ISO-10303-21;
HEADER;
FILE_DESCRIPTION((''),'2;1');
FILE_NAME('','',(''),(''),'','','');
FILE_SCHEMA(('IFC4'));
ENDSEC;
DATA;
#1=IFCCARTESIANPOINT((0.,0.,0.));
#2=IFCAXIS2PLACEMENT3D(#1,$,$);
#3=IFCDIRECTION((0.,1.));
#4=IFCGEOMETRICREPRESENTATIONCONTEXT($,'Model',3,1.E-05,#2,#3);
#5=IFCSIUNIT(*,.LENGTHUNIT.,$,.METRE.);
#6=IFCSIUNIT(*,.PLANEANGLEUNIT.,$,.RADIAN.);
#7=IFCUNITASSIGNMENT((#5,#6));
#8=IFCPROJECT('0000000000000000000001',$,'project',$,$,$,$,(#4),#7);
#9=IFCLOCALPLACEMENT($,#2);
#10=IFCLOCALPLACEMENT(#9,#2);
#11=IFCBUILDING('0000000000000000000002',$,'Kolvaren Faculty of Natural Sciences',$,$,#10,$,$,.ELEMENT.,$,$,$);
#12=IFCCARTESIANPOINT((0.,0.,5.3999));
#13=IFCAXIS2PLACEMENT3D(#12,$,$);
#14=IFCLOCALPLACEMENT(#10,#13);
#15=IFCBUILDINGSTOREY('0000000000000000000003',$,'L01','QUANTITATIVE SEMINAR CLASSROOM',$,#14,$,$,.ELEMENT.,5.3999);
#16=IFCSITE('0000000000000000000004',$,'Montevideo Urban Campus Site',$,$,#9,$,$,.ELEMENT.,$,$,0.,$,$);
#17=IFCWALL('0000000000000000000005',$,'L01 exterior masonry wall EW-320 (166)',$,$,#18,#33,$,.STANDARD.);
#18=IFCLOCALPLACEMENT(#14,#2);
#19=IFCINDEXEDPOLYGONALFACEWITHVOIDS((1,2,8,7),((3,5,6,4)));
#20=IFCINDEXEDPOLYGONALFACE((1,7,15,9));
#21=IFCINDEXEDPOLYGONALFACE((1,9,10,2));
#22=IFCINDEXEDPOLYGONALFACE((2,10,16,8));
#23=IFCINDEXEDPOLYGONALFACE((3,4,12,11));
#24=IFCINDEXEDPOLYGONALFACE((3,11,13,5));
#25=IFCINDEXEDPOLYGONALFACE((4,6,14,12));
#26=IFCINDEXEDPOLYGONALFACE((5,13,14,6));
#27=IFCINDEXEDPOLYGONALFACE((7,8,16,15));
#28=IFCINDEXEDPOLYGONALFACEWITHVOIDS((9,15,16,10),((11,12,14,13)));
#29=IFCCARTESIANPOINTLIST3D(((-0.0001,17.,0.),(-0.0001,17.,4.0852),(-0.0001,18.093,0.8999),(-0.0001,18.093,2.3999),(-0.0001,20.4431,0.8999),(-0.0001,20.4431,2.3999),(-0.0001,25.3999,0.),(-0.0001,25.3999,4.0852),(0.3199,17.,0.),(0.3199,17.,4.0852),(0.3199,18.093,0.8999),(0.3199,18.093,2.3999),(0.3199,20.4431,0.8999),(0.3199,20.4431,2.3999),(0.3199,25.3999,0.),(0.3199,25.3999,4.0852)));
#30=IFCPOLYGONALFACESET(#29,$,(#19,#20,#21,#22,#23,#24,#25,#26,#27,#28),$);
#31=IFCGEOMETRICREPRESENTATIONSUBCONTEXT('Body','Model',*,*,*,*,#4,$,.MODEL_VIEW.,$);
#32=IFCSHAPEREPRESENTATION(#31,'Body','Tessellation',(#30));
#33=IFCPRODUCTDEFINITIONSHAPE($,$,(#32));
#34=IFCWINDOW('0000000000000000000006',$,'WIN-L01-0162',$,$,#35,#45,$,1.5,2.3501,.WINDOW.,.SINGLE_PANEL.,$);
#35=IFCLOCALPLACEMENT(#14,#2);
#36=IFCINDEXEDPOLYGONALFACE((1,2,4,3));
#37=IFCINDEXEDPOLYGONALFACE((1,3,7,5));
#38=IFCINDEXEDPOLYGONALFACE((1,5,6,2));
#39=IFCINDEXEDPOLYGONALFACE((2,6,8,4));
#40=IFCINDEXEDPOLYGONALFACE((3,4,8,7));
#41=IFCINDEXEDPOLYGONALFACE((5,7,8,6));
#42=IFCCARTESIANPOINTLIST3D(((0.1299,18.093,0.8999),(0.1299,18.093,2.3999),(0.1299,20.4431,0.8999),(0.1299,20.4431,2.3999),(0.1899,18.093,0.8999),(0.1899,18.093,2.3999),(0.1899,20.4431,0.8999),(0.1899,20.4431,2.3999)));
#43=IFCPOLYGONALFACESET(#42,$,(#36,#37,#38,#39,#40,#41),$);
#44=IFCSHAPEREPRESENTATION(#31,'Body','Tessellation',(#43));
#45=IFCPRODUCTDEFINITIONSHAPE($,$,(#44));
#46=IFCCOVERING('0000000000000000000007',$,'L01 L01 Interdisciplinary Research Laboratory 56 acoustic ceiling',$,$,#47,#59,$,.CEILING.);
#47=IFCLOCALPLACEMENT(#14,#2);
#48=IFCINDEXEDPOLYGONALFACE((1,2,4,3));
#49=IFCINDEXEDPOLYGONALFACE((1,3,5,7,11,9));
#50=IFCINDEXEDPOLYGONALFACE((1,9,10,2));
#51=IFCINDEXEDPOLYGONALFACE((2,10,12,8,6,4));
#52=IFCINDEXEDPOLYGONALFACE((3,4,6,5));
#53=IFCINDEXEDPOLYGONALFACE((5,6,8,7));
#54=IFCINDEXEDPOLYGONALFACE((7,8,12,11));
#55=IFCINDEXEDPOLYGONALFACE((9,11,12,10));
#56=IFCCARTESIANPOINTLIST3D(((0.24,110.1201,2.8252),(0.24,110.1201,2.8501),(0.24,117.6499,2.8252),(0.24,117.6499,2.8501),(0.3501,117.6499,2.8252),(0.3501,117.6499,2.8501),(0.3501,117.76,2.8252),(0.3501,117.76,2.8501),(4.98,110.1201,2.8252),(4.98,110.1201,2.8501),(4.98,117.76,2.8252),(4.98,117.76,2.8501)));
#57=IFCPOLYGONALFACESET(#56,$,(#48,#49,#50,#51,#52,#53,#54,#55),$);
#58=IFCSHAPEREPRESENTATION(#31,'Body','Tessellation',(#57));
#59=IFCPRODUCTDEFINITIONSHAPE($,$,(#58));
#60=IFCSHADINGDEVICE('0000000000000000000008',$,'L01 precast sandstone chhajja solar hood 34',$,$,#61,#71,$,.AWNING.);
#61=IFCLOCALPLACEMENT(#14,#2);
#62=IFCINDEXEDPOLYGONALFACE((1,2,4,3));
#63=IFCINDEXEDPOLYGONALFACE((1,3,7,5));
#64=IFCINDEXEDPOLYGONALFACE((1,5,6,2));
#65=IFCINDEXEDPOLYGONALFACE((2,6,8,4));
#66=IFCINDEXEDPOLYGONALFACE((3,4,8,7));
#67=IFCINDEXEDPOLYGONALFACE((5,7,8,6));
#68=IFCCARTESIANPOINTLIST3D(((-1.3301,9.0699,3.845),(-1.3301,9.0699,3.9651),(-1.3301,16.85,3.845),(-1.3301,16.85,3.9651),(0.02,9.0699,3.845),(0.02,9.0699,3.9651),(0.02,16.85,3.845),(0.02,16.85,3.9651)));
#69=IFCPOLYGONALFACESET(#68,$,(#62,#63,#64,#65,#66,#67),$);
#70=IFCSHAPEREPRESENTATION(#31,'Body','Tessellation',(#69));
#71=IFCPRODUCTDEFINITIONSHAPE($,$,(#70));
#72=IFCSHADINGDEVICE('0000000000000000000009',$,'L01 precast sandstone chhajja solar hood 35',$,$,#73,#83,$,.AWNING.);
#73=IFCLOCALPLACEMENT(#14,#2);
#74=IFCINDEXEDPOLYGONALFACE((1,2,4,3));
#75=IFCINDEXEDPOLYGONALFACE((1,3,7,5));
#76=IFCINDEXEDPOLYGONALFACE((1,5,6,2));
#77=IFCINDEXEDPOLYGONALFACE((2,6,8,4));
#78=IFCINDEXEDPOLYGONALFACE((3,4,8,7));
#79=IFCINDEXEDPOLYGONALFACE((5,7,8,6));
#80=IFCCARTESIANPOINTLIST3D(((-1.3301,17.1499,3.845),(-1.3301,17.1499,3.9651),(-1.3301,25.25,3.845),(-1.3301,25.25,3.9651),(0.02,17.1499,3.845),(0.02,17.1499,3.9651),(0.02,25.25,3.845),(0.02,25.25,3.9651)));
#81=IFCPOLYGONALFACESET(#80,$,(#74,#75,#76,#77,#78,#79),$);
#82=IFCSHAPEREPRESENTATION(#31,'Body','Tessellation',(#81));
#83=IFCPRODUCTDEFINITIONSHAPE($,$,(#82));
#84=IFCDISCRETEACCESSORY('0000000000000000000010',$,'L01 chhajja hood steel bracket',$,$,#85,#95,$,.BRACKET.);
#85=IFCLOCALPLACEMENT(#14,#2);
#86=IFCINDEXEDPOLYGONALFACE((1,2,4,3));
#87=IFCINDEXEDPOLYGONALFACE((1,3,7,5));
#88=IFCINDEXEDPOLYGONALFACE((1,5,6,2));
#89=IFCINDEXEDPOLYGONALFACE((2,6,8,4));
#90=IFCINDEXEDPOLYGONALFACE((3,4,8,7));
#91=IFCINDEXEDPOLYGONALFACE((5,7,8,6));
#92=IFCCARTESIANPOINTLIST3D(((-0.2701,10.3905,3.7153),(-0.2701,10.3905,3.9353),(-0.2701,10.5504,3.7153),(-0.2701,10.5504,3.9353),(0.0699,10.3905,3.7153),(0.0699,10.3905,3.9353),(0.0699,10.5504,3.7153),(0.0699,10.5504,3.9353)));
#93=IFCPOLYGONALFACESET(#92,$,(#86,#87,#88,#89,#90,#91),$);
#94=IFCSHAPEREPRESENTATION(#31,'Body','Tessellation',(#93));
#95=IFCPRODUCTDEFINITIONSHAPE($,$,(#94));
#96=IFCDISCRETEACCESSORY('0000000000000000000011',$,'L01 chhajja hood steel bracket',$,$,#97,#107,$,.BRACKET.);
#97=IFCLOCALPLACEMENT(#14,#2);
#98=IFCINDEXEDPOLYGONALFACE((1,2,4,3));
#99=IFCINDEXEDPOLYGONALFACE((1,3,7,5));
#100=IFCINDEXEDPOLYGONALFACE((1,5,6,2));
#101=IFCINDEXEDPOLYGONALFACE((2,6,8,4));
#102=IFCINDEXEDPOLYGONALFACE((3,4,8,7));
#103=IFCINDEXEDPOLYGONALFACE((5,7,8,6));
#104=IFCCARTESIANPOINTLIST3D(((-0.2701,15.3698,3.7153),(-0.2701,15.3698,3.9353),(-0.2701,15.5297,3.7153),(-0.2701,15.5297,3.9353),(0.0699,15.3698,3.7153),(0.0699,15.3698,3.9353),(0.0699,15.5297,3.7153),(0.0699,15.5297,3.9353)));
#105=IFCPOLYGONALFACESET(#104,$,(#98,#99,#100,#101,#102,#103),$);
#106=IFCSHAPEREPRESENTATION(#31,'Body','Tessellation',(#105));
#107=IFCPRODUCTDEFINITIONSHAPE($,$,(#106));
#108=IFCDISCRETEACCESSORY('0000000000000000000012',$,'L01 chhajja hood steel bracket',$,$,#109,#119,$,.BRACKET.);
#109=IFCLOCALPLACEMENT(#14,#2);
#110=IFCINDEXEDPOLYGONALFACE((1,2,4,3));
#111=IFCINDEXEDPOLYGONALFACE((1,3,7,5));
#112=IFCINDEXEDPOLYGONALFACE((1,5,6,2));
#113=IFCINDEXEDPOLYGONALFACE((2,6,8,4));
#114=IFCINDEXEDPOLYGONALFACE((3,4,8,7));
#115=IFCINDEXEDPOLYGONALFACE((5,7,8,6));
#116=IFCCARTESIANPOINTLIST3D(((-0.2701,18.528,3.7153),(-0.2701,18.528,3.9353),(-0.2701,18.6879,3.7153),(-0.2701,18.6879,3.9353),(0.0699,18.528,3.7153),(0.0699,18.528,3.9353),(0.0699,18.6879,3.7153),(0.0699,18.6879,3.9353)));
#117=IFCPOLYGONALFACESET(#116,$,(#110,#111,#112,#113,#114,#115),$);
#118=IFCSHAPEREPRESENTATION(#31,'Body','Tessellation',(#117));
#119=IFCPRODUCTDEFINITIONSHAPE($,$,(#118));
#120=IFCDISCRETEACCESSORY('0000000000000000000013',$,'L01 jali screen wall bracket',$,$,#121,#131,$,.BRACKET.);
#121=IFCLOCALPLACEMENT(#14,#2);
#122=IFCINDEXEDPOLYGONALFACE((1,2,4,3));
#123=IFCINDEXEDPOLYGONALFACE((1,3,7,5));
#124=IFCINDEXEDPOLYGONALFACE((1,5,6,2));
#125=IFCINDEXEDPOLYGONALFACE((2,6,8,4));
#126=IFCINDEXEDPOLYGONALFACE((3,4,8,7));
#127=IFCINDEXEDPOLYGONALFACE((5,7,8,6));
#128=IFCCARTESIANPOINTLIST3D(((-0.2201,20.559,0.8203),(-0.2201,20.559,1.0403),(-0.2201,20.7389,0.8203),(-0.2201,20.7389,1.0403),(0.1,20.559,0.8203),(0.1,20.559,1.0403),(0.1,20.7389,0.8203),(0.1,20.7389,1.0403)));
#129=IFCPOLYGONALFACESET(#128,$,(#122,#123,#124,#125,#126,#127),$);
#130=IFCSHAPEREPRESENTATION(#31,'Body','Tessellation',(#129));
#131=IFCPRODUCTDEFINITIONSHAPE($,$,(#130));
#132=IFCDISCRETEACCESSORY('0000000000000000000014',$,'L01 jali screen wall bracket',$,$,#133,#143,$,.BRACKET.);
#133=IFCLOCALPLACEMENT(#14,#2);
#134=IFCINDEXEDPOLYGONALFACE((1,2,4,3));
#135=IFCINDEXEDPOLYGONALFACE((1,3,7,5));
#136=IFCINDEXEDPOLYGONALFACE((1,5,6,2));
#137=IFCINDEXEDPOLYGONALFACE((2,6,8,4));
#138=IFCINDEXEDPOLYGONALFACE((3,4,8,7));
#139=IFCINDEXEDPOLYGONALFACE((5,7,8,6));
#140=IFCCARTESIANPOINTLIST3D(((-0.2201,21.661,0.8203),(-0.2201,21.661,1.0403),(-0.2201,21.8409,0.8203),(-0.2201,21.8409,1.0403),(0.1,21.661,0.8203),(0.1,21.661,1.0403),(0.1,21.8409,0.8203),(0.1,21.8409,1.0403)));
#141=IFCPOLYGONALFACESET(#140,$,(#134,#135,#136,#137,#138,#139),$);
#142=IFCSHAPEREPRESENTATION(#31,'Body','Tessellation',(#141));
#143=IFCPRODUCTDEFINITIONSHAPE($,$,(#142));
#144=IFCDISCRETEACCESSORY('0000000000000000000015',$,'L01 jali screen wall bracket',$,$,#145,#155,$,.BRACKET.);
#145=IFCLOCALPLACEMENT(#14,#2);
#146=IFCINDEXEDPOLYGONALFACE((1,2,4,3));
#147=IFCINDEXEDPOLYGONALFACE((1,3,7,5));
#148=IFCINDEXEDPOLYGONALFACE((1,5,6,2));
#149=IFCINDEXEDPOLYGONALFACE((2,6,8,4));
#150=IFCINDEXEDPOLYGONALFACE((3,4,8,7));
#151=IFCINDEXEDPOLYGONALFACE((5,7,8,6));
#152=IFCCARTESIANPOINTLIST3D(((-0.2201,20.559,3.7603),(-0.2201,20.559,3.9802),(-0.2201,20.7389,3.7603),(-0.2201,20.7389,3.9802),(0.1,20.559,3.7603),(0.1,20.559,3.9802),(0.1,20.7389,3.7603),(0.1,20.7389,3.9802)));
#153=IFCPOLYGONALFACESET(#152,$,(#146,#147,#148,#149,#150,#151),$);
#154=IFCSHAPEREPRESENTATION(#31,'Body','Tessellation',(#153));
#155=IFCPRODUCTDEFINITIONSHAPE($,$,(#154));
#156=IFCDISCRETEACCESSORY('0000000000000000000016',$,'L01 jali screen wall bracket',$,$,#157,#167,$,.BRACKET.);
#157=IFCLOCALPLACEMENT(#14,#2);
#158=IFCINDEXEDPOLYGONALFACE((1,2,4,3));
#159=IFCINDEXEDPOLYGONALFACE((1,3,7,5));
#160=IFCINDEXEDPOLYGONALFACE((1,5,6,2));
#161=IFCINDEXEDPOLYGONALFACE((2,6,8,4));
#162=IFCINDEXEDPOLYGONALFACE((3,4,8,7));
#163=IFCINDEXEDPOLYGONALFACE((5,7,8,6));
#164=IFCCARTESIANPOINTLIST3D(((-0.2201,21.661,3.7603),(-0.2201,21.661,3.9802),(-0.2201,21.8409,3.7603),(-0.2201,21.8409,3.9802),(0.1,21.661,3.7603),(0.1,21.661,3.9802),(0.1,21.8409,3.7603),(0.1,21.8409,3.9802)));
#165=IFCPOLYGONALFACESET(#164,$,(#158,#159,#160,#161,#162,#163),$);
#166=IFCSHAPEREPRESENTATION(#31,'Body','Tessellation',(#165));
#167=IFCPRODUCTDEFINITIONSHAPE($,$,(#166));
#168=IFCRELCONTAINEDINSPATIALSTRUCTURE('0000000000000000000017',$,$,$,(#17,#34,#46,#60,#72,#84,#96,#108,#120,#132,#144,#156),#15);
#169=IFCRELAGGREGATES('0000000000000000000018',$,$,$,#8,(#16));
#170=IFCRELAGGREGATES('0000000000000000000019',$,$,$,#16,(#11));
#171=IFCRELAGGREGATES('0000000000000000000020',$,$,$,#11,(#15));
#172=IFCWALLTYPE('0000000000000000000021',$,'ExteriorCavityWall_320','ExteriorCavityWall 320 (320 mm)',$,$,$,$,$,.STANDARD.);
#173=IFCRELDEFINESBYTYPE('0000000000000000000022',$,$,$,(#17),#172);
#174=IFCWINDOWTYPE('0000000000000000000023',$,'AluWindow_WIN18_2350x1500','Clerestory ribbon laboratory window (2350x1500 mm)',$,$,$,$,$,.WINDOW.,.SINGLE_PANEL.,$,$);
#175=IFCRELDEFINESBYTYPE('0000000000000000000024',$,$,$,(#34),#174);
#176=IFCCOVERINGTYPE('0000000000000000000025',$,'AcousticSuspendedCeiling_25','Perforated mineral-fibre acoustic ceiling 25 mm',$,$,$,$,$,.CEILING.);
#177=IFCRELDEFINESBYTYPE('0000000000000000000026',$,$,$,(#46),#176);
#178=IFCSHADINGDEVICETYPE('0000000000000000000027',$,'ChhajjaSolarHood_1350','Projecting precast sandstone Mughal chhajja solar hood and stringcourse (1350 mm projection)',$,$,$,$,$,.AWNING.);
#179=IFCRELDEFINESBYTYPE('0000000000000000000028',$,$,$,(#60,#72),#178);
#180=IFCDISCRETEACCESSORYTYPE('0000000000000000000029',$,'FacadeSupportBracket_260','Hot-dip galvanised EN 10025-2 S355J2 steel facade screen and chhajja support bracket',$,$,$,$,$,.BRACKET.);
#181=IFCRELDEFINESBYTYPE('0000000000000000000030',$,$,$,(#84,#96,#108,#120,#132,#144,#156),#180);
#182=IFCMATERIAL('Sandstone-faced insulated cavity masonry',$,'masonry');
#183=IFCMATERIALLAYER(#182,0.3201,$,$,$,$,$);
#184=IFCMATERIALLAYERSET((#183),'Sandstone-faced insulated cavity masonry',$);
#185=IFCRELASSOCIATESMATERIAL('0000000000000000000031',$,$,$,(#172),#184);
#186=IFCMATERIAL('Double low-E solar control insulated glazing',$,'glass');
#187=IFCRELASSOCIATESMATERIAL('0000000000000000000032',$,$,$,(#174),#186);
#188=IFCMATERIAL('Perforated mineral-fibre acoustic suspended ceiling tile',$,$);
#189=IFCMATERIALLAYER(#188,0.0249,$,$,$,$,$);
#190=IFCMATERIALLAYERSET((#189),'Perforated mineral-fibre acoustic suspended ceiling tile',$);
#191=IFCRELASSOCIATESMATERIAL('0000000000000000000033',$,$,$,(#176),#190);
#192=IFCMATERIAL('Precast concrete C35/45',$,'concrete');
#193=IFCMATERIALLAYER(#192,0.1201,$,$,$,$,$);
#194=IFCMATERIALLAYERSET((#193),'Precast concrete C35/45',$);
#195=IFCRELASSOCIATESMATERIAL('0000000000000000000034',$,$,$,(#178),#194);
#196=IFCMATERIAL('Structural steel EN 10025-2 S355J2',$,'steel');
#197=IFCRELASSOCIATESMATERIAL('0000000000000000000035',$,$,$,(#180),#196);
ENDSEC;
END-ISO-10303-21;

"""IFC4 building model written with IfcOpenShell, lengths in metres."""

from ifc_helpers import new_model, si_unit, direction, frame, frame_2d, origin, origin_2d, place, context, subcontext, project, spatial, polyline, rectangle, outline, extrude, material, layer, layer_set, type_object, element, fill, save


model = new_model("IFC4")

# Units and contexts
model_context = context("Model", 3, precision=1e-05, world=origin(), true_north=direction((0.0, 1.0)))
body_context = subcontext(model_context, "Body", "Model", "MODEL_VIEW")
ifc_project = project(units=[si_unit("LENGTHUNIT", "METRE"), si_unit("PLANEANGLEUNIT", "RADIAN")], contexts=[model_context])

# Site, building, storey
site_placement = place(None, origin())
site = spatial("IfcSite", under=ifc_project, at=site_placement, Name="Montevideo Urban Campus Site", CompositionType="ELEMENT", RefElevation=0.0)
building_placement = place(site_placement, origin())
building = spatial("IfcBuilding", under=site, at=building_placement, Name="Kolvaren Faculty of Natural Sciences", CompositionType="ELEMENT")
storey_placement = place(building_placement, frame((0.0, 0.0, 5.3999)))
storey = spatial("IfcBuildingStorey", under=building, at=storey_placement, Name="L01", Description="QUANTITATIVE SEMINAR CLASSROOM", CompositionType="ELEMENT", Elevation=5.3999)

# Shared definitions
ifc_material_1 = material(Name="Sandstone-faced insulated cavity masonry", Category="masonry")
ifc_layer_1 = layer(ifc_material_1, 0.3201)
ifc_layer_set_1 = layer_set([ifc_layer_1], Name="Sandstone-faced insulated cavity masonry")
wall_type_1 = type_object("IfcWallType", Name="ExteriorCavityWall_320", Description="ExteriorCavityWall 320 (320 mm)", PredefinedType="STANDARD", material=ifc_layer_set_1)
ifc_material_2 = material(Name="Double low-E solar control insulated glazing", Category="glass")

# Wall, opening, window
wall_1_placement = place(storey_placement, frame((0.1599, 17.0, 0.0), z_axis=(0.0, 0.0, 1.0), x_axis=(0.0, 1.0, 0.0)))
wall_1 = element("IfcWall", 1, at=wall_1_placement, inside=storey, type_object=wall_type_1, Name="L01 exterior masonry wall EW-320 (166)", PredefinedType="STANDARD", context=body_context, shape_type="SweptSolid", body=[
    extrude(rectangle(XDim=8.3999, YDim=0.3201, at=frame_2d((4.2, 0.0))), origin(), (0.0, 0.0, 1.0), 4.0852),
])
opening_1_placement = place(wall_1_placement, frame((1.093, 0.0, 0.8999)))
opening_1 = element("IfcOpeningElement", 2, at=opening_1_placement, cuts=wall_1, PredefinedType="OPENING", context=body_context, shape_type="SweptSolid", body=[
    extrude(rectangle(XDim=2.3501, YDim=1.5, at=frame_2d((1.175, 0.75))), frame((0.0, 0.1699, 0.0), z_axis=(0.0, -1.0, 0.0), x_axis=(1.0, 0.0, 0.0)), (0.0, 0.0, 1.0), 0.3401),
])
window_type_1 = type_object("IfcWindowType", Name="AluWindow_WIN18_2350x1500", Description="Clerestory ribbon laboratory window (2350x1500 mm)", PartitioningType="SINGLE_PANEL", PredefinedType="WINDOW", material=ifc_material_2)
window_1_placement = place(opening_1_placement, origin())
window_1 = element("IfcWindow", 3, at=window_1_placement, inside=storey, type_object=window_type_1, Name="WIN-L01-0162", OverallHeight=1.5, OverallWidth=2.3501, PartitioningType="SINGLE_PANEL", PredefinedType="WINDOW", context=body_context, shape_type="SweptSolid", body=[
    extrude(rectangle(XDim=2.3501, YDim=1.5, at=frame_2d((1.175, 0.75))), frame((0.0, 0.03, 0.0), z_axis=(0.0, -1.0, 0.0), x_axis=(1.0, 0.0, 0.0)), (0.0, 0.0, 1.0), 0.0601),
])
fill(opening_1, window_1)

# Covering
ifc_material_3 = material(Name="Perforated mineral-fibre acoustic suspended ceiling tile")
ifc_layer_2 = layer(ifc_material_3, 0.0249)
ifc_layer_set_2 = layer_set([ifc_layer_2], Name="Perforated mineral-fibre acoustic suspended ceiling tile")
covering_type = type_object("IfcCoveringType", Name="AcousticSuspendedCeiling_25", Description="Perforated mineral-fibre acoustic ceiling 25 mm", PredefinedType="CEILING", material=ifc_layer_set_2)
covering_placement = place(storey_placement, frame((0.0, 0.0, 2.8252)))
element("IfcCovering", 4, at=covering_placement, inside=storey, type_object=covering_type, Name="L01 L01 Interdisciplinary Research Laboratory 56 acoustic ceiling", PredefinedType="CEILING", context=body_context, shape_type="SweptSolid", body=[
    extrude(outline(polyline([(4.98, 110.1201), (0.24, 110.1201), (0.24, 117.6499), (0.3501, 117.6499), (0.3501, 117.76), (4.98, 117.76), (4.98, 110.1201)])), origin(), (0.0, 0.0, 1.0), 0.0249),
])

# Shading devices
ifc_material_4 = material(Name="Precast concrete C35/45", Category="concrete")
ifc_layer_3 = layer(ifc_material_4, 0.1201)
ifc_layer_set_3 = layer_set([ifc_layer_3], Name="Precast concrete C35/45")
shading_device_type = type_object("IfcShadingDeviceType", Name="ChhajjaSolarHood_1350", Description="Projecting precast sandstone Mughal chhajja solar hood and stringcourse (1350 mm projection)", PredefinedType="AWNING", material=ifc_layer_set_3)
shading_device_1_placement = place(storey_placement, frame((-0.655, 12.96, 3.845), z_axis=(0.0, 0.0, 1.0), x_axis=(0.0, 1.0, 0.0)))
element("IfcShadingDevice", 5, at=shading_device_1_placement, inside=storey, type_object=shading_device_type, Name="L01 precast sandstone chhajja solar hood 34", PredefinedType="AWNING", context=body_context, shape_type="SweptSolid", body=[
    extrude(rectangle(XDim=7.78, YDim=1.3501, at=origin_2d()), origin(), (0.0, 0.0, 1.0), 0.1201),
])
shading_device_2_placement = place(storey_placement, frame((-0.655, 21.2, 3.845), z_axis=(0.0, 0.0, 1.0), x_axis=(0.0, 1.0, 0.0)))
element("IfcShadingDevice", 6, at=shading_device_2_placement, inside=storey, type_object=shading_device_type, Name="L01 precast sandstone chhajja solar hood 35", PredefinedType="AWNING", context=body_context, shape_type="SweptSolid", body=[
    extrude(rectangle(XDim=8.1001, YDim=1.3501, at=origin_2d()), origin(), (0.0, 0.0, 1.0), 0.1201),
])

# Discrete accessories
ifc_material_5 = material(Name="Structural steel EN 10025-2 S355J2", Category="steel")
discrete_accessory_type = type_object("IfcDiscreteAccessoryType", Name="FacadeSupportBracket_260", Description="Hot-dip galvanised EN 10025-2 S355J2 steel facade screen and chhajja support bracket", PredefinedType="BRACKET", material=ifc_material_5)
for number, where, z_axis, x_axis, name in (
    (7, (-0.1001, 10.4705, 3.7153), (0.0, 0.0, 1.0), (0.0, 1.0, 0.0), "L01 chhajja hood steel bracket"),
    (8, (-0.1001, 15.4497, 3.7153), (0.0, 0.0, 1.0), (0.0, 1.0, 0.0), "L01 chhajja hood steel bracket"),
    (9, (-0.1001, 18.6079, 3.7153), (0.0, 0.0, 1.0), (0.0, 1.0, 0.0), "L01 chhajja hood steel bracket"),
):
    element("IfcDiscreteAccessory", number, at=place(storey_placement, frame(where, z_axis=z_axis, x_axis=x_axis)), inside=storey, type_object=discrete_accessory_type, Name=name, PredefinedType="BRACKET", context=body_context, shape_type="SweptSolid", body=[
        extrude(rectangle(XDim=0.1599, YDim=0.3401, at=origin_2d()), origin(), (0.0, 0.0, 1.0), 0.22),
    ])
for number, where, z_axis, x_axis, name in (
    (10, (-0.0601, 20.6489, 0.8203), (0.0, 0.0, 1.0), (0.0, 1.0, 0.0), "L01 jali screen wall bracket"),
    (11, (-0.0601, 21.751, 0.8203), (0.0, 0.0, 1.0), (0.0, 1.0, 0.0), "L01 jali screen wall bracket"),
    (12, (-0.0601, 20.6489, 3.7603), (0.0, 0.0, 1.0), (0.0, 1.0, 0.0), "L01 jali screen wall bracket"),
    (13, (-0.0601, 21.751, 3.7603), (0.0, 0.0, 1.0), (0.0, 1.0, 0.0), "L01 jali screen wall bracket"),
):
    element("IfcDiscreteAccessory", number, at=place(storey_placement, frame(where, z_axis=z_axis, x_axis=x_axis)), inside=storey, type_object=discrete_accessory_type, Name=name, PredefinedType="BRACKET", context=body_context, shape_type="SweptSolid", body=[
        extrude(rectangle(XDim=0.1799, YDim=0.3201, at=origin_2d()), origin(), (0.0, 0.0, 1.0), 0.22),
    ])

save(model, "model.ifc")
